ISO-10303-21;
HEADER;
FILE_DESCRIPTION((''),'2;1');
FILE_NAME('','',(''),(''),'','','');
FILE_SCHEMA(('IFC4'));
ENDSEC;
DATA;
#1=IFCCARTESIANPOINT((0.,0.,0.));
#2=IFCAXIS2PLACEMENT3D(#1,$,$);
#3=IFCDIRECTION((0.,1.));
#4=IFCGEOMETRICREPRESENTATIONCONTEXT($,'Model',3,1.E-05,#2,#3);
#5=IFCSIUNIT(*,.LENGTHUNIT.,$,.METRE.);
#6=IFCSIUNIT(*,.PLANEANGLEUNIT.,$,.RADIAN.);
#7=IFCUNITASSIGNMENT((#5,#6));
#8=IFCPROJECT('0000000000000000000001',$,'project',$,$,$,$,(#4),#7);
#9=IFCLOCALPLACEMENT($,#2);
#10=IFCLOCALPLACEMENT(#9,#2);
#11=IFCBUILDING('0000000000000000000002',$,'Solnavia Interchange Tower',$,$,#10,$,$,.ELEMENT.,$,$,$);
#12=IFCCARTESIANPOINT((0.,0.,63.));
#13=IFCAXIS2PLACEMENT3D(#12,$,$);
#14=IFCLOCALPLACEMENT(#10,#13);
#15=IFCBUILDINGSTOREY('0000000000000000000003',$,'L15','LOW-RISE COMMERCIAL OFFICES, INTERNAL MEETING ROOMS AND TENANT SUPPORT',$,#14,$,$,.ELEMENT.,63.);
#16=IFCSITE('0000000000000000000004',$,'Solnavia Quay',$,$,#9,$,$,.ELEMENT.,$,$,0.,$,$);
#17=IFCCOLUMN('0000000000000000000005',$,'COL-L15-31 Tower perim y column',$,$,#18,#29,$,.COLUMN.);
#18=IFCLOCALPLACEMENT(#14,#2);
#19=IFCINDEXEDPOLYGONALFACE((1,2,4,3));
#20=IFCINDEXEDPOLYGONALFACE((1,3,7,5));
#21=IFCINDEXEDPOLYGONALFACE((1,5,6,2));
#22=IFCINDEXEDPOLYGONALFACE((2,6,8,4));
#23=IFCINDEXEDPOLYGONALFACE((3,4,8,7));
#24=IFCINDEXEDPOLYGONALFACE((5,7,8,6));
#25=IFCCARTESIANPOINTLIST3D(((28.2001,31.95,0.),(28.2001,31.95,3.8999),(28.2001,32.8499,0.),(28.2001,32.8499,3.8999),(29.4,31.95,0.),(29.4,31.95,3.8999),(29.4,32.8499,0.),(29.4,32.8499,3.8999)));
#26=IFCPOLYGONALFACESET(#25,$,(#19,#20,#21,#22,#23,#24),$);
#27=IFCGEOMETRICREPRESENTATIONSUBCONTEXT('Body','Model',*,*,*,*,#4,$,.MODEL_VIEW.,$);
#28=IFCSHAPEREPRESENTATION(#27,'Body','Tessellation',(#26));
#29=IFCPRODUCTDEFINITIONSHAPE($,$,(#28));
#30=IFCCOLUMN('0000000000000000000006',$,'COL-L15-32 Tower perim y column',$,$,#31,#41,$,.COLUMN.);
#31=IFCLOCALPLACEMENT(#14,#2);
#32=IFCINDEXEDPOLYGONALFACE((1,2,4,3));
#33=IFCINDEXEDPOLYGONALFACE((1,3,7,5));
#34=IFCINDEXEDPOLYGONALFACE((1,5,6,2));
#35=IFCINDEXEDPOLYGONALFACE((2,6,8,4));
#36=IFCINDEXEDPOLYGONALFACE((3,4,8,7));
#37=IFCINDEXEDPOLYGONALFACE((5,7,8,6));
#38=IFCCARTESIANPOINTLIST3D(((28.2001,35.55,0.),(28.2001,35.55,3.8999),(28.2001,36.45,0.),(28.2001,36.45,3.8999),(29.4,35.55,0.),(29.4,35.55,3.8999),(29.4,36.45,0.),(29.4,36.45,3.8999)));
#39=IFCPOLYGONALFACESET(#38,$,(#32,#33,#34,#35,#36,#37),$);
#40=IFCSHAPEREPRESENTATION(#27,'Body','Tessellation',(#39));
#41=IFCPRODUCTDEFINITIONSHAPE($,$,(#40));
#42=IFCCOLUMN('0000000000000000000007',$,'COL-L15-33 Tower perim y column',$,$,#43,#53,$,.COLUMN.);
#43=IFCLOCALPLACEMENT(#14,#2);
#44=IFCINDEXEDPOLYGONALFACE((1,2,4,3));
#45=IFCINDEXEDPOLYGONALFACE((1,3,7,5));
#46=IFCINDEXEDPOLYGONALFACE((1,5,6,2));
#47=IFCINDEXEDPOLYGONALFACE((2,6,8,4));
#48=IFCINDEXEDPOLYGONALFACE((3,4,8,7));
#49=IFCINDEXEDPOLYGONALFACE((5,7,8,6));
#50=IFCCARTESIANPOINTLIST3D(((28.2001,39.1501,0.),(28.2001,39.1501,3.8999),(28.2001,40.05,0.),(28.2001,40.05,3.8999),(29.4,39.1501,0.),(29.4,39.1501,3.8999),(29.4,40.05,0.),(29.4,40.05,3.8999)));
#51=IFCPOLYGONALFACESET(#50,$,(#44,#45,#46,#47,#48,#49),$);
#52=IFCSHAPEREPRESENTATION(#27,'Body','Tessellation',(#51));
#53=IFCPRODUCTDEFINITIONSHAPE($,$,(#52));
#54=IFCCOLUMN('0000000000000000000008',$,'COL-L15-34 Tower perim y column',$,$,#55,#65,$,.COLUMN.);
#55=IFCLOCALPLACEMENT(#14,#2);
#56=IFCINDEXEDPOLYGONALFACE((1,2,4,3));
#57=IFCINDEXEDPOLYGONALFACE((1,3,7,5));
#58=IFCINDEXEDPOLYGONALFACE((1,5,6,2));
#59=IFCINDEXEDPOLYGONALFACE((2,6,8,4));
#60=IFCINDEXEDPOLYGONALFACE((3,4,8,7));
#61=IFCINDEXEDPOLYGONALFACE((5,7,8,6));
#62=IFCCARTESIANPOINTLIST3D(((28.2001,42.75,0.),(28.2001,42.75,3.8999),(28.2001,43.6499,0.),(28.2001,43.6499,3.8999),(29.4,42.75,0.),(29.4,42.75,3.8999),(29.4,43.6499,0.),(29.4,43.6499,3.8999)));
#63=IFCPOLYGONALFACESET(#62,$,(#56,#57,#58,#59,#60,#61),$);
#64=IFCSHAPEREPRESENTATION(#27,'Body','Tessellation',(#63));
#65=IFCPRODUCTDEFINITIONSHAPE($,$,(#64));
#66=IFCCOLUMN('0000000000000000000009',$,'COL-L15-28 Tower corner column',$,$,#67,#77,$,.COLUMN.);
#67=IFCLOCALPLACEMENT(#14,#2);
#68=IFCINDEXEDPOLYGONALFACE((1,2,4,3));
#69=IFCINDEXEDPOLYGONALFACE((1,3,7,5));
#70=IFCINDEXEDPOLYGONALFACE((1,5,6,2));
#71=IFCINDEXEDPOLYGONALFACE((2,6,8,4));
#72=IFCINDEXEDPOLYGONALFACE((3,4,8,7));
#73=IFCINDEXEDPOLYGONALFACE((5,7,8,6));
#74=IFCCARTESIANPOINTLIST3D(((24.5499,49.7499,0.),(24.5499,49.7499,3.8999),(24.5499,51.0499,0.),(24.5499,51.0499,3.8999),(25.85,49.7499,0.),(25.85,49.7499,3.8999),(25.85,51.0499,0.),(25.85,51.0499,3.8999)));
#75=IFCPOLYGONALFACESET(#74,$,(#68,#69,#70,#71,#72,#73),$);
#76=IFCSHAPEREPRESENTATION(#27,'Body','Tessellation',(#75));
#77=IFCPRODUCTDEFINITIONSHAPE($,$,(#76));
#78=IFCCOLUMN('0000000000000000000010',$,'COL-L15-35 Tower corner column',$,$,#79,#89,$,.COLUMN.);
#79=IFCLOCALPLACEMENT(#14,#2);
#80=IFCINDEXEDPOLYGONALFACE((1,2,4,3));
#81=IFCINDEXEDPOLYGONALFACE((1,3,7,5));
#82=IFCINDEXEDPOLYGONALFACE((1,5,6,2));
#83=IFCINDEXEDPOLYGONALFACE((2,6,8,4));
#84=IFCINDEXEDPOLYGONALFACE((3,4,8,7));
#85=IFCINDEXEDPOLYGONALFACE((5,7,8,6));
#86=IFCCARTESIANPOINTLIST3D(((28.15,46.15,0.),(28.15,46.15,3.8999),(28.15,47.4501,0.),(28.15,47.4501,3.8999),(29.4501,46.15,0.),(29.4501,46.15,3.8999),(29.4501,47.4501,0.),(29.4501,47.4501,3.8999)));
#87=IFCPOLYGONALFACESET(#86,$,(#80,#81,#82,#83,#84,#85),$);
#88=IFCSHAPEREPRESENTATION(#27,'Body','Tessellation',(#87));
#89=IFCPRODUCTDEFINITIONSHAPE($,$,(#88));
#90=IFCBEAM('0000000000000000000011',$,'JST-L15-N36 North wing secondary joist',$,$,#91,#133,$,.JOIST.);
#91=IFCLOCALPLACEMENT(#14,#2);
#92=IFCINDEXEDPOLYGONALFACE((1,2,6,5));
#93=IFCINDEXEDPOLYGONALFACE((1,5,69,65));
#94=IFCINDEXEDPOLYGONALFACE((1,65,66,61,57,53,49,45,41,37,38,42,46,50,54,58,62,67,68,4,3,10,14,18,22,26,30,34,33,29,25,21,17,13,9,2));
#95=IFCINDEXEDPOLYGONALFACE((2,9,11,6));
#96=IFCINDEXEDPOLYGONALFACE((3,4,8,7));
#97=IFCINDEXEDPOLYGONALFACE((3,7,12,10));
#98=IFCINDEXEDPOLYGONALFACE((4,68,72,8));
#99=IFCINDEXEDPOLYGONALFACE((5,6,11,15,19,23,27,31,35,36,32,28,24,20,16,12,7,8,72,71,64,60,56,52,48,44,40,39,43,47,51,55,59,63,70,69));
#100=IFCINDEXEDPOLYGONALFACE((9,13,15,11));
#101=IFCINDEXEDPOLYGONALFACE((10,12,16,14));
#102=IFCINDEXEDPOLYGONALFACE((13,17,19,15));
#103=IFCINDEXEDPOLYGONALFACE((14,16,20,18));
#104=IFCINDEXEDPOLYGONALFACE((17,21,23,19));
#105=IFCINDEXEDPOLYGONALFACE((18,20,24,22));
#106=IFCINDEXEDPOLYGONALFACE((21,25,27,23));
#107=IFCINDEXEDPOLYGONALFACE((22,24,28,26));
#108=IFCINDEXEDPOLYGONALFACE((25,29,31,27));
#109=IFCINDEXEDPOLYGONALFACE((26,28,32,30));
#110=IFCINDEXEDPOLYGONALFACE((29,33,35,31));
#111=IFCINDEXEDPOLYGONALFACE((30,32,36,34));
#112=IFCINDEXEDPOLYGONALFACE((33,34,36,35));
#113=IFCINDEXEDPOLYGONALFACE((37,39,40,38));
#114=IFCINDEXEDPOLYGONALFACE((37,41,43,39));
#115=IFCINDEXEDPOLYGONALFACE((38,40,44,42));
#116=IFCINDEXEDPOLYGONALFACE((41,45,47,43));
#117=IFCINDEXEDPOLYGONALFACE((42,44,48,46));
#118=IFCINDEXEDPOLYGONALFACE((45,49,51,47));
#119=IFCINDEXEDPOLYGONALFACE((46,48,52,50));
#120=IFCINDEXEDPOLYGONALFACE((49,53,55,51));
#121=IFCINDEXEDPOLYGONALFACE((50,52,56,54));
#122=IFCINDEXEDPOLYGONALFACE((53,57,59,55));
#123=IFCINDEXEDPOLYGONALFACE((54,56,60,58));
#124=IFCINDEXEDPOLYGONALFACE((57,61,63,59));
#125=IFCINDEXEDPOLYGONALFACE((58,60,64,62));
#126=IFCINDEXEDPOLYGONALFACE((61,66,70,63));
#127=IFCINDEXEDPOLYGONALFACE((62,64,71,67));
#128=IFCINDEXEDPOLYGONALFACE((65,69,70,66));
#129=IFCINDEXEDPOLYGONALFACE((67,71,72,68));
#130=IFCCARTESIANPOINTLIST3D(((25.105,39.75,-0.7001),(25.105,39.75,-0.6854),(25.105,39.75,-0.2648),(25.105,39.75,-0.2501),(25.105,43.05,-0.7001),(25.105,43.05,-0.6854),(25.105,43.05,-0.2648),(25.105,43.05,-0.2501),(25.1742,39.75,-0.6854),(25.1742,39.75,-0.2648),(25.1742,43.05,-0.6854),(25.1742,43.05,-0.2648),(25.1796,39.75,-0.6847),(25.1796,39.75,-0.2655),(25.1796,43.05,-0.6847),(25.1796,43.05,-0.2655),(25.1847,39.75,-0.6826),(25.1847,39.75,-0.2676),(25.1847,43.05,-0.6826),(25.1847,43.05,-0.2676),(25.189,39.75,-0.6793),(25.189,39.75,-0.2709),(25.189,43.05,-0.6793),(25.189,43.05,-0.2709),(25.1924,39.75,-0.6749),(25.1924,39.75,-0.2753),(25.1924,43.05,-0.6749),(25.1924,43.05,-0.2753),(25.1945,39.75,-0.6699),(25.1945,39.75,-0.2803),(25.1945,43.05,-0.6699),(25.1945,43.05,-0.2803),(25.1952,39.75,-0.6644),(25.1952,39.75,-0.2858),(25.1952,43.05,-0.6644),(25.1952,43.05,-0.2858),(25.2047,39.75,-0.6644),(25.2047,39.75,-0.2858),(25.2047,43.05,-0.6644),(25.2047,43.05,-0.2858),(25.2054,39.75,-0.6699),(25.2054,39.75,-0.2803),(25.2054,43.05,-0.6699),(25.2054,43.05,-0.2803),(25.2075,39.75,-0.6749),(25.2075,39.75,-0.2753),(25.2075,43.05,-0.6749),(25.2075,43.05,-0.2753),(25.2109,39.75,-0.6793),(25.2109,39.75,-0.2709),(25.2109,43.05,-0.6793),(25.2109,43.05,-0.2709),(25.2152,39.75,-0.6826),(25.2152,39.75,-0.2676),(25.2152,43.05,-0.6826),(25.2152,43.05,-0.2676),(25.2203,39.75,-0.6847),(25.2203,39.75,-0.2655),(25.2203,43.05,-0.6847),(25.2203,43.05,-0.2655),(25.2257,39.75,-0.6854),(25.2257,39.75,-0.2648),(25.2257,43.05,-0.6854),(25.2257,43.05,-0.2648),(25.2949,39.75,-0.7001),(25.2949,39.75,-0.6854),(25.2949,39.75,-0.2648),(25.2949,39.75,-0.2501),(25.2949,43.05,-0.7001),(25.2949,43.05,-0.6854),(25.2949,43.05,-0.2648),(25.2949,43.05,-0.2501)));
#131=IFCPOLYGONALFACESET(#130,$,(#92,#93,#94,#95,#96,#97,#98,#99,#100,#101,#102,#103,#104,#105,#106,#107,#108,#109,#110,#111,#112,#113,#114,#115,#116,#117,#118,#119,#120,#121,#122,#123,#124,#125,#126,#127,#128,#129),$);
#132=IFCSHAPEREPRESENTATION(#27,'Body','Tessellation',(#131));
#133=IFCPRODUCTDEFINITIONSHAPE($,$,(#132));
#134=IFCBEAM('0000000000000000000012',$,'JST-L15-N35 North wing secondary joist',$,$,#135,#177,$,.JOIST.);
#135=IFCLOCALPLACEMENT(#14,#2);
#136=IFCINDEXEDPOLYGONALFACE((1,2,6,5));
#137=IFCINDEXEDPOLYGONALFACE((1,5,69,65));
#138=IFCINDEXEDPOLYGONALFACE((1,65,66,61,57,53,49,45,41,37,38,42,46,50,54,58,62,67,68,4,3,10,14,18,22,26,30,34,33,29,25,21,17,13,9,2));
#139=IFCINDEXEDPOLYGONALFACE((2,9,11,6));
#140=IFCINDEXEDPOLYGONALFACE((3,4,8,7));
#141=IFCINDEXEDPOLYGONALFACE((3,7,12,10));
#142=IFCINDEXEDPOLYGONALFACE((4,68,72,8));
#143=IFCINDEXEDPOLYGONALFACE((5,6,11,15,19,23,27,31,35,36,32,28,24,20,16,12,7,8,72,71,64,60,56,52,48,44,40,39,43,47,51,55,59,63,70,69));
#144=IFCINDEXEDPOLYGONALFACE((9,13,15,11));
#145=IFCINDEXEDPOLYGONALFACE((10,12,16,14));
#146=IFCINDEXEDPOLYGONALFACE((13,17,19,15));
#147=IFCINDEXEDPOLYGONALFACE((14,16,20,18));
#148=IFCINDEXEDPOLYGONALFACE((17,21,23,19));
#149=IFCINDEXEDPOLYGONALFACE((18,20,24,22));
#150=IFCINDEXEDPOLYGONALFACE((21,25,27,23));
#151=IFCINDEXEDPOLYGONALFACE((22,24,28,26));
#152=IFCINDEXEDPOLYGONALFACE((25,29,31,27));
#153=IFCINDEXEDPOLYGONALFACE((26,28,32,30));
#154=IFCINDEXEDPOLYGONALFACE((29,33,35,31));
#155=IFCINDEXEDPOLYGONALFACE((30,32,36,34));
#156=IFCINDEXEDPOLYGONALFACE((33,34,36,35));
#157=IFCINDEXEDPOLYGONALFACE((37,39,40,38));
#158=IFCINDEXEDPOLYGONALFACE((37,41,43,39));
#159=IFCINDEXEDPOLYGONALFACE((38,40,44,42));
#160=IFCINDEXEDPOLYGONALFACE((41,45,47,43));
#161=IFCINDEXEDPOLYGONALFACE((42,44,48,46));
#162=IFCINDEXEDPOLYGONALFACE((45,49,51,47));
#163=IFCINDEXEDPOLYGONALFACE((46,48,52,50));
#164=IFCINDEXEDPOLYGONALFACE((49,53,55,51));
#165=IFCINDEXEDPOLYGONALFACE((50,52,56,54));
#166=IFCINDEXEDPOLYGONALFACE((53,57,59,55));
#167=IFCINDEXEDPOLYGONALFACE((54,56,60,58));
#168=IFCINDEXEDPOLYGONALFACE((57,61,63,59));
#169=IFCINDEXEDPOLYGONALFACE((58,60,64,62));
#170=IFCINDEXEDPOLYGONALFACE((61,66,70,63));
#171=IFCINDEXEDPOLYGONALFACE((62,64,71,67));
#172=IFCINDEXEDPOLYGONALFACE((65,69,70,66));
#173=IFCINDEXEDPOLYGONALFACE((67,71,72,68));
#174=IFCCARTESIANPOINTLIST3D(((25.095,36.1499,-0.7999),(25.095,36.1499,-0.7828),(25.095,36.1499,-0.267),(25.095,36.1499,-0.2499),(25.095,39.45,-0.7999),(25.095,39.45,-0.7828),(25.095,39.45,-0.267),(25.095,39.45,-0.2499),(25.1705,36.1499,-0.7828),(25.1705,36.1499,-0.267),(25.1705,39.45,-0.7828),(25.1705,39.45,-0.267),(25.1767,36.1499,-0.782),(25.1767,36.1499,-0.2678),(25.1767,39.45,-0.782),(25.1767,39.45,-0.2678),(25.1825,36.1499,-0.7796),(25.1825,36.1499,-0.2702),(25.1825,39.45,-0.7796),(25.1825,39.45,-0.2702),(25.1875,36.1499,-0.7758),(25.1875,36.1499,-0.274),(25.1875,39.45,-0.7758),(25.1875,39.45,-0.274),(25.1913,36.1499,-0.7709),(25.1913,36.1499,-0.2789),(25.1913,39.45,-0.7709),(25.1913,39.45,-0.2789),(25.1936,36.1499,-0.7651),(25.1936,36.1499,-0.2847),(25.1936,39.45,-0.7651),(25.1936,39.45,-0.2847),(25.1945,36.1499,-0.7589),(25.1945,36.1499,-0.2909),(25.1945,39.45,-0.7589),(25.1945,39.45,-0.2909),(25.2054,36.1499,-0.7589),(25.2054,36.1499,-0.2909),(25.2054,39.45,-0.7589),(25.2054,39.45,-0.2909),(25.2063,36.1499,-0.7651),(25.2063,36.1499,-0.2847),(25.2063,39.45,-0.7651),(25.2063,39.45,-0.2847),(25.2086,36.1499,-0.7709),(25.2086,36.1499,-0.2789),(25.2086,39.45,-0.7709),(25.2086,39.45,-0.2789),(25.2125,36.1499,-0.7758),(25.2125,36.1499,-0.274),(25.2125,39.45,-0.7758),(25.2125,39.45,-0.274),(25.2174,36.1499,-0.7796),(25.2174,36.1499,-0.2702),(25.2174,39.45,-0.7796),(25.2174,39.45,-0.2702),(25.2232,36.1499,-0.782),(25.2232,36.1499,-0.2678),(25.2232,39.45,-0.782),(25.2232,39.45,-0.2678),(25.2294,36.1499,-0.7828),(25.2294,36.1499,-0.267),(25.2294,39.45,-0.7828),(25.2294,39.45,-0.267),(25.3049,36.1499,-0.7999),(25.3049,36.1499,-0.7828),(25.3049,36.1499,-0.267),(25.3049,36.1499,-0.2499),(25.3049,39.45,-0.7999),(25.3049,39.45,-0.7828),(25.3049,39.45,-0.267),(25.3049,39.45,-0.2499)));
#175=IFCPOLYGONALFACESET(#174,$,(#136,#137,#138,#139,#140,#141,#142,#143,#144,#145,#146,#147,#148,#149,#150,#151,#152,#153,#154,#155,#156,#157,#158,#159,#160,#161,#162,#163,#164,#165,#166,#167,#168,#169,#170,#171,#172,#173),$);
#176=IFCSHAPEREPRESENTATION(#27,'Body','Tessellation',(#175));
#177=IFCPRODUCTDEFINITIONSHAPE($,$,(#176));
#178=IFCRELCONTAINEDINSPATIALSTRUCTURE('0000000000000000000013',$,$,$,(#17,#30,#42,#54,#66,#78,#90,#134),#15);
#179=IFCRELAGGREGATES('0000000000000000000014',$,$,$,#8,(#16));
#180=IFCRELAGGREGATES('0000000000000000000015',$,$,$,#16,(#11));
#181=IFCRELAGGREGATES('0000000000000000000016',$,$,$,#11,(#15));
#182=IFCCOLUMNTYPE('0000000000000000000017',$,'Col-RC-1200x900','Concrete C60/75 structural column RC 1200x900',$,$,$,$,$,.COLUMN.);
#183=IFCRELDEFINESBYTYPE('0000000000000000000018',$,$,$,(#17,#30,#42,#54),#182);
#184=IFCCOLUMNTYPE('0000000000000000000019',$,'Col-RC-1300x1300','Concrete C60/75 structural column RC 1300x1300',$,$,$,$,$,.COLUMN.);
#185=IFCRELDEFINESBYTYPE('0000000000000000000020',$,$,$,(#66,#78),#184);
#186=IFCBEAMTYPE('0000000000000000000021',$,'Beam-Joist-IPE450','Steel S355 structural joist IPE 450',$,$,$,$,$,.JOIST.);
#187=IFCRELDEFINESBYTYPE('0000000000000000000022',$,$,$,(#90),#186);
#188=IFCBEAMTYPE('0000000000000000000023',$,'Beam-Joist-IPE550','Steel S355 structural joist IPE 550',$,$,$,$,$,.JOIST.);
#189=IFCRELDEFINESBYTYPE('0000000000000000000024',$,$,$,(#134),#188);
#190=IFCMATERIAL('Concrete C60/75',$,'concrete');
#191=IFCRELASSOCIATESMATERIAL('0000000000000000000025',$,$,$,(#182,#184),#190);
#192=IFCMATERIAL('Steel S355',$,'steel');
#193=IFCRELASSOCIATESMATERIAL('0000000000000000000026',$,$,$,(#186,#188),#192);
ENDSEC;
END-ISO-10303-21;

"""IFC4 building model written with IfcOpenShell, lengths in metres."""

from ifc_helpers import new_model, si_unit, direction, frame, origin, origin_2d, place, context, subcontext, project, spatial, rectangle, i_section, extrude, material, material_profile, profile_set, type_object, element, save


model = new_model("IFC4")

# Units and contexts
model_context = context("Model", 3, precision=1e-05, world=origin(), true_north=direction((0.0, 1.0)))
body_context = subcontext(model_context, "Body", "Model", "MODEL_VIEW")
ifc_project = project(units=[si_unit("LENGTHUNIT", "METRE"), si_unit("PLANEANGLEUNIT", "RADIAN")], contexts=[model_context])

# Site, building, storey
site_placement = place(None, origin())
site = spatial("IfcSite", under=ifc_project, at=site_placement, Name="Solnavia Quay", CompositionType="ELEMENT", RefElevation=0.0)
building_placement = place(site_placement, origin())
building = spatial("IfcBuilding", under=site, at=building_placement, Name="Solnavia Interchange Tower", CompositionType="ELEMENT")
storey_placement = place(building_placement, frame((0.0, 0.0, 63.0)))
storey = spatial("IfcBuildingStorey", under=building, at=storey_placement, Name="L15", Description="LOW-RISE COMMERCIAL OFFICES, INTERNAL MEETING ROOMS AND TENANT SUPPORT", CompositionType="ELEMENT", Elevation=63.0)

# Columns
ifc_material_1 = material(Name="Concrete C60/75", Category="concrete")
ifc_material_profile_1 = material_profile(ifc_material_1, rectangle(XDim=0.8999, YDim=1.2, at=origin_2d()), Name="RC 1200x900")
ifc_profile_set_1 = profile_set([ifc_material_profile_1], Name="Concrete C60/75")
column_type_1 = type_object("IfcColumnType", Name="Col-RC-1200x900", Description="Concrete C60/75 structural column RC 1200x900", PredefinedType="COLUMN", material=ifc_profile_set_1)
for number, where, z_axis, x_axis, name in (
    (1, (28.8, 32.3999, 0.0), (0.0, 0.0, 1.0), (0.0, 1.0, 0.0), "COL-L15-31 Tower perim y column"),
    (2, (28.8, 36.0, 0.0), (0.0, 0.0, 1.0), (0.0, 1.0, 0.0), "COL-L15-32 Tower perim y column"),
    (3, (28.8, 39.6001, 0.0), (0.0, 0.0, 1.0), (0.0, 1.0, 0.0), "COL-L15-33 Tower perim y column"),
    (4, (28.8, 43.2, 0.0), (0.0, 0.0, 1.0), (0.0, 1.0, 0.0), "COL-L15-34 Tower perim y column"),
):
    element("IfcColumn", number, at=place(storey_placement, frame(where, z_axis=z_axis, x_axis=x_axis)), inside=storey, type_object=column_type_1, Name=name, PredefinedType="COLUMN", context=body_context, shape_type="SweptSolid", body=[
        extrude(rectangle(XDim=0.8999, YDim=1.2, at=origin_2d()), origin(), (0.0, 0.0, 1.0), 3.8999),
    ])
ifc_material_profile_2 = material_profile(ifc_material_1, rectangle(XDim=1.3, YDim=1.3, at=origin_2d()), Name="RC 1300x1300")
ifc_profile_set_2 = profile_set([ifc_material_profile_2], Name="Concrete C60/75")
column_type_2 = type_object("IfcColumnType", Name="Col-RC-1300x1300", Description="Concrete C60/75 structural column RC 1300x1300", PredefinedType="COLUMN", material=ifc_profile_set_2)
for number, where, z_axis, x_axis, name in (
    (5, (25.2, 50.3999, 0.0), (0.0, 0.0, 1.0), (1.0, 0.0, 0.0), "COL-L15-28 Tower corner column"),
    (6, (28.8, 46.8, 0.0), (0.0, 0.0, 1.0), (0.0, 1.0, 0.0), "COL-L15-35 Tower corner column"),
):
    element("IfcColumn", number, at=place(storey_placement, frame(where, z_axis=z_axis, x_axis=x_axis)), inside=storey, type_object=column_type_2, Name=name, PredefinedType="COLUMN", context=body_context, shape_type="SweptSolid", body=[
        extrude(rectangle(XDim=1.3, YDim=1.3, at=origin_2d()), origin(), (0.0, 0.0, 1.0), 3.8999),
    ])

# Beams
ifc_material_2 = material(Name="Steel S355", Category="steel")
ifc_material_profile_3 = material_profile(ifc_material_2, i_section(OverallWidth=0.1899, OverallDepth=0.45, WebThickness=0.0095, FlangeThickness=0.0146, FilletRadius=0.021, at=origin_2d()), Name="IPE 450")
ifc_profile_set_3 = profile_set([ifc_material_profile_3], Name="Steel S355")
beam_type_1 = type_object("IfcBeamType", Name="Beam-Joist-IPE450", Description="Steel S355 structural joist IPE 450", PredefinedType="JOIST", material=ifc_profile_set_3)
beam_1_placement = place(storey_placement, frame((25.2, 39.75, -0.4751), z_axis=(0.0, 1.0, 0.0), x_axis=(-1.0, 0.0, 0.0)))
element("IfcBeam", 7, at=beam_1_placement, inside=storey, type_object=beam_type_1, Name="JST-L15-N36 North wing secondary joist", PredefinedType="JOIST", context=body_context, shape_type="SweptSolid", body=[
    extrude(i_section(OverallWidth=0.1899, OverallDepth=0.45, WebThickness=0.0095, FlangeThickness=0.0146, FilletRadius=0.021, at=origin_2d()), origin(), (0.0, 0.0, 1.0), 3.3),
])
ifc_material_profile_4 = material_profile(ifc_material_2, i_section(OverallWidth=0.21, OverallDepth=0.55, WebThickness=0.011, FlangeThickness=0.0171, FilletRadius=0.0239, at=origin_2d()), Name="IPE 550")
ifc_profile_set_4 = profile_set([ifc_material_profile_4], Name="Steel S355")
beam_type_2 = type_object("IfcBeamType", Name="Beam-Joist-IPE550", Description="Steel S355 structural joist IPE 550", PredefinedType="JOIST", material=ifc_profile_set_4)
beam_2_placement = place(storey_placement, frame((25.2, 36.1499, -0.5249), z_axis=(0.0, 1.0, 0.0), x_axis=(-1.0, 0.0, 0.0)))
element("IfcBeam", 8, at=beam_2_placement, inside=storey, type_object=beam_type_2, Name="JST-L15-N35 North wing secondary joist", PredefinedType="JOIST", context=body_context, shape_type="SweptSolid", body=[
    extrude(i_section(OverallWidth=0.21, OverallDepth=0.55, WebThickness=0.011, FlangeThickness=0.0171, FilletRadius=0.0239, at=origin_2d()), origin(), (0.0, 0.0, 1.0), 3.3),
])

save(model, "model.ifc")
